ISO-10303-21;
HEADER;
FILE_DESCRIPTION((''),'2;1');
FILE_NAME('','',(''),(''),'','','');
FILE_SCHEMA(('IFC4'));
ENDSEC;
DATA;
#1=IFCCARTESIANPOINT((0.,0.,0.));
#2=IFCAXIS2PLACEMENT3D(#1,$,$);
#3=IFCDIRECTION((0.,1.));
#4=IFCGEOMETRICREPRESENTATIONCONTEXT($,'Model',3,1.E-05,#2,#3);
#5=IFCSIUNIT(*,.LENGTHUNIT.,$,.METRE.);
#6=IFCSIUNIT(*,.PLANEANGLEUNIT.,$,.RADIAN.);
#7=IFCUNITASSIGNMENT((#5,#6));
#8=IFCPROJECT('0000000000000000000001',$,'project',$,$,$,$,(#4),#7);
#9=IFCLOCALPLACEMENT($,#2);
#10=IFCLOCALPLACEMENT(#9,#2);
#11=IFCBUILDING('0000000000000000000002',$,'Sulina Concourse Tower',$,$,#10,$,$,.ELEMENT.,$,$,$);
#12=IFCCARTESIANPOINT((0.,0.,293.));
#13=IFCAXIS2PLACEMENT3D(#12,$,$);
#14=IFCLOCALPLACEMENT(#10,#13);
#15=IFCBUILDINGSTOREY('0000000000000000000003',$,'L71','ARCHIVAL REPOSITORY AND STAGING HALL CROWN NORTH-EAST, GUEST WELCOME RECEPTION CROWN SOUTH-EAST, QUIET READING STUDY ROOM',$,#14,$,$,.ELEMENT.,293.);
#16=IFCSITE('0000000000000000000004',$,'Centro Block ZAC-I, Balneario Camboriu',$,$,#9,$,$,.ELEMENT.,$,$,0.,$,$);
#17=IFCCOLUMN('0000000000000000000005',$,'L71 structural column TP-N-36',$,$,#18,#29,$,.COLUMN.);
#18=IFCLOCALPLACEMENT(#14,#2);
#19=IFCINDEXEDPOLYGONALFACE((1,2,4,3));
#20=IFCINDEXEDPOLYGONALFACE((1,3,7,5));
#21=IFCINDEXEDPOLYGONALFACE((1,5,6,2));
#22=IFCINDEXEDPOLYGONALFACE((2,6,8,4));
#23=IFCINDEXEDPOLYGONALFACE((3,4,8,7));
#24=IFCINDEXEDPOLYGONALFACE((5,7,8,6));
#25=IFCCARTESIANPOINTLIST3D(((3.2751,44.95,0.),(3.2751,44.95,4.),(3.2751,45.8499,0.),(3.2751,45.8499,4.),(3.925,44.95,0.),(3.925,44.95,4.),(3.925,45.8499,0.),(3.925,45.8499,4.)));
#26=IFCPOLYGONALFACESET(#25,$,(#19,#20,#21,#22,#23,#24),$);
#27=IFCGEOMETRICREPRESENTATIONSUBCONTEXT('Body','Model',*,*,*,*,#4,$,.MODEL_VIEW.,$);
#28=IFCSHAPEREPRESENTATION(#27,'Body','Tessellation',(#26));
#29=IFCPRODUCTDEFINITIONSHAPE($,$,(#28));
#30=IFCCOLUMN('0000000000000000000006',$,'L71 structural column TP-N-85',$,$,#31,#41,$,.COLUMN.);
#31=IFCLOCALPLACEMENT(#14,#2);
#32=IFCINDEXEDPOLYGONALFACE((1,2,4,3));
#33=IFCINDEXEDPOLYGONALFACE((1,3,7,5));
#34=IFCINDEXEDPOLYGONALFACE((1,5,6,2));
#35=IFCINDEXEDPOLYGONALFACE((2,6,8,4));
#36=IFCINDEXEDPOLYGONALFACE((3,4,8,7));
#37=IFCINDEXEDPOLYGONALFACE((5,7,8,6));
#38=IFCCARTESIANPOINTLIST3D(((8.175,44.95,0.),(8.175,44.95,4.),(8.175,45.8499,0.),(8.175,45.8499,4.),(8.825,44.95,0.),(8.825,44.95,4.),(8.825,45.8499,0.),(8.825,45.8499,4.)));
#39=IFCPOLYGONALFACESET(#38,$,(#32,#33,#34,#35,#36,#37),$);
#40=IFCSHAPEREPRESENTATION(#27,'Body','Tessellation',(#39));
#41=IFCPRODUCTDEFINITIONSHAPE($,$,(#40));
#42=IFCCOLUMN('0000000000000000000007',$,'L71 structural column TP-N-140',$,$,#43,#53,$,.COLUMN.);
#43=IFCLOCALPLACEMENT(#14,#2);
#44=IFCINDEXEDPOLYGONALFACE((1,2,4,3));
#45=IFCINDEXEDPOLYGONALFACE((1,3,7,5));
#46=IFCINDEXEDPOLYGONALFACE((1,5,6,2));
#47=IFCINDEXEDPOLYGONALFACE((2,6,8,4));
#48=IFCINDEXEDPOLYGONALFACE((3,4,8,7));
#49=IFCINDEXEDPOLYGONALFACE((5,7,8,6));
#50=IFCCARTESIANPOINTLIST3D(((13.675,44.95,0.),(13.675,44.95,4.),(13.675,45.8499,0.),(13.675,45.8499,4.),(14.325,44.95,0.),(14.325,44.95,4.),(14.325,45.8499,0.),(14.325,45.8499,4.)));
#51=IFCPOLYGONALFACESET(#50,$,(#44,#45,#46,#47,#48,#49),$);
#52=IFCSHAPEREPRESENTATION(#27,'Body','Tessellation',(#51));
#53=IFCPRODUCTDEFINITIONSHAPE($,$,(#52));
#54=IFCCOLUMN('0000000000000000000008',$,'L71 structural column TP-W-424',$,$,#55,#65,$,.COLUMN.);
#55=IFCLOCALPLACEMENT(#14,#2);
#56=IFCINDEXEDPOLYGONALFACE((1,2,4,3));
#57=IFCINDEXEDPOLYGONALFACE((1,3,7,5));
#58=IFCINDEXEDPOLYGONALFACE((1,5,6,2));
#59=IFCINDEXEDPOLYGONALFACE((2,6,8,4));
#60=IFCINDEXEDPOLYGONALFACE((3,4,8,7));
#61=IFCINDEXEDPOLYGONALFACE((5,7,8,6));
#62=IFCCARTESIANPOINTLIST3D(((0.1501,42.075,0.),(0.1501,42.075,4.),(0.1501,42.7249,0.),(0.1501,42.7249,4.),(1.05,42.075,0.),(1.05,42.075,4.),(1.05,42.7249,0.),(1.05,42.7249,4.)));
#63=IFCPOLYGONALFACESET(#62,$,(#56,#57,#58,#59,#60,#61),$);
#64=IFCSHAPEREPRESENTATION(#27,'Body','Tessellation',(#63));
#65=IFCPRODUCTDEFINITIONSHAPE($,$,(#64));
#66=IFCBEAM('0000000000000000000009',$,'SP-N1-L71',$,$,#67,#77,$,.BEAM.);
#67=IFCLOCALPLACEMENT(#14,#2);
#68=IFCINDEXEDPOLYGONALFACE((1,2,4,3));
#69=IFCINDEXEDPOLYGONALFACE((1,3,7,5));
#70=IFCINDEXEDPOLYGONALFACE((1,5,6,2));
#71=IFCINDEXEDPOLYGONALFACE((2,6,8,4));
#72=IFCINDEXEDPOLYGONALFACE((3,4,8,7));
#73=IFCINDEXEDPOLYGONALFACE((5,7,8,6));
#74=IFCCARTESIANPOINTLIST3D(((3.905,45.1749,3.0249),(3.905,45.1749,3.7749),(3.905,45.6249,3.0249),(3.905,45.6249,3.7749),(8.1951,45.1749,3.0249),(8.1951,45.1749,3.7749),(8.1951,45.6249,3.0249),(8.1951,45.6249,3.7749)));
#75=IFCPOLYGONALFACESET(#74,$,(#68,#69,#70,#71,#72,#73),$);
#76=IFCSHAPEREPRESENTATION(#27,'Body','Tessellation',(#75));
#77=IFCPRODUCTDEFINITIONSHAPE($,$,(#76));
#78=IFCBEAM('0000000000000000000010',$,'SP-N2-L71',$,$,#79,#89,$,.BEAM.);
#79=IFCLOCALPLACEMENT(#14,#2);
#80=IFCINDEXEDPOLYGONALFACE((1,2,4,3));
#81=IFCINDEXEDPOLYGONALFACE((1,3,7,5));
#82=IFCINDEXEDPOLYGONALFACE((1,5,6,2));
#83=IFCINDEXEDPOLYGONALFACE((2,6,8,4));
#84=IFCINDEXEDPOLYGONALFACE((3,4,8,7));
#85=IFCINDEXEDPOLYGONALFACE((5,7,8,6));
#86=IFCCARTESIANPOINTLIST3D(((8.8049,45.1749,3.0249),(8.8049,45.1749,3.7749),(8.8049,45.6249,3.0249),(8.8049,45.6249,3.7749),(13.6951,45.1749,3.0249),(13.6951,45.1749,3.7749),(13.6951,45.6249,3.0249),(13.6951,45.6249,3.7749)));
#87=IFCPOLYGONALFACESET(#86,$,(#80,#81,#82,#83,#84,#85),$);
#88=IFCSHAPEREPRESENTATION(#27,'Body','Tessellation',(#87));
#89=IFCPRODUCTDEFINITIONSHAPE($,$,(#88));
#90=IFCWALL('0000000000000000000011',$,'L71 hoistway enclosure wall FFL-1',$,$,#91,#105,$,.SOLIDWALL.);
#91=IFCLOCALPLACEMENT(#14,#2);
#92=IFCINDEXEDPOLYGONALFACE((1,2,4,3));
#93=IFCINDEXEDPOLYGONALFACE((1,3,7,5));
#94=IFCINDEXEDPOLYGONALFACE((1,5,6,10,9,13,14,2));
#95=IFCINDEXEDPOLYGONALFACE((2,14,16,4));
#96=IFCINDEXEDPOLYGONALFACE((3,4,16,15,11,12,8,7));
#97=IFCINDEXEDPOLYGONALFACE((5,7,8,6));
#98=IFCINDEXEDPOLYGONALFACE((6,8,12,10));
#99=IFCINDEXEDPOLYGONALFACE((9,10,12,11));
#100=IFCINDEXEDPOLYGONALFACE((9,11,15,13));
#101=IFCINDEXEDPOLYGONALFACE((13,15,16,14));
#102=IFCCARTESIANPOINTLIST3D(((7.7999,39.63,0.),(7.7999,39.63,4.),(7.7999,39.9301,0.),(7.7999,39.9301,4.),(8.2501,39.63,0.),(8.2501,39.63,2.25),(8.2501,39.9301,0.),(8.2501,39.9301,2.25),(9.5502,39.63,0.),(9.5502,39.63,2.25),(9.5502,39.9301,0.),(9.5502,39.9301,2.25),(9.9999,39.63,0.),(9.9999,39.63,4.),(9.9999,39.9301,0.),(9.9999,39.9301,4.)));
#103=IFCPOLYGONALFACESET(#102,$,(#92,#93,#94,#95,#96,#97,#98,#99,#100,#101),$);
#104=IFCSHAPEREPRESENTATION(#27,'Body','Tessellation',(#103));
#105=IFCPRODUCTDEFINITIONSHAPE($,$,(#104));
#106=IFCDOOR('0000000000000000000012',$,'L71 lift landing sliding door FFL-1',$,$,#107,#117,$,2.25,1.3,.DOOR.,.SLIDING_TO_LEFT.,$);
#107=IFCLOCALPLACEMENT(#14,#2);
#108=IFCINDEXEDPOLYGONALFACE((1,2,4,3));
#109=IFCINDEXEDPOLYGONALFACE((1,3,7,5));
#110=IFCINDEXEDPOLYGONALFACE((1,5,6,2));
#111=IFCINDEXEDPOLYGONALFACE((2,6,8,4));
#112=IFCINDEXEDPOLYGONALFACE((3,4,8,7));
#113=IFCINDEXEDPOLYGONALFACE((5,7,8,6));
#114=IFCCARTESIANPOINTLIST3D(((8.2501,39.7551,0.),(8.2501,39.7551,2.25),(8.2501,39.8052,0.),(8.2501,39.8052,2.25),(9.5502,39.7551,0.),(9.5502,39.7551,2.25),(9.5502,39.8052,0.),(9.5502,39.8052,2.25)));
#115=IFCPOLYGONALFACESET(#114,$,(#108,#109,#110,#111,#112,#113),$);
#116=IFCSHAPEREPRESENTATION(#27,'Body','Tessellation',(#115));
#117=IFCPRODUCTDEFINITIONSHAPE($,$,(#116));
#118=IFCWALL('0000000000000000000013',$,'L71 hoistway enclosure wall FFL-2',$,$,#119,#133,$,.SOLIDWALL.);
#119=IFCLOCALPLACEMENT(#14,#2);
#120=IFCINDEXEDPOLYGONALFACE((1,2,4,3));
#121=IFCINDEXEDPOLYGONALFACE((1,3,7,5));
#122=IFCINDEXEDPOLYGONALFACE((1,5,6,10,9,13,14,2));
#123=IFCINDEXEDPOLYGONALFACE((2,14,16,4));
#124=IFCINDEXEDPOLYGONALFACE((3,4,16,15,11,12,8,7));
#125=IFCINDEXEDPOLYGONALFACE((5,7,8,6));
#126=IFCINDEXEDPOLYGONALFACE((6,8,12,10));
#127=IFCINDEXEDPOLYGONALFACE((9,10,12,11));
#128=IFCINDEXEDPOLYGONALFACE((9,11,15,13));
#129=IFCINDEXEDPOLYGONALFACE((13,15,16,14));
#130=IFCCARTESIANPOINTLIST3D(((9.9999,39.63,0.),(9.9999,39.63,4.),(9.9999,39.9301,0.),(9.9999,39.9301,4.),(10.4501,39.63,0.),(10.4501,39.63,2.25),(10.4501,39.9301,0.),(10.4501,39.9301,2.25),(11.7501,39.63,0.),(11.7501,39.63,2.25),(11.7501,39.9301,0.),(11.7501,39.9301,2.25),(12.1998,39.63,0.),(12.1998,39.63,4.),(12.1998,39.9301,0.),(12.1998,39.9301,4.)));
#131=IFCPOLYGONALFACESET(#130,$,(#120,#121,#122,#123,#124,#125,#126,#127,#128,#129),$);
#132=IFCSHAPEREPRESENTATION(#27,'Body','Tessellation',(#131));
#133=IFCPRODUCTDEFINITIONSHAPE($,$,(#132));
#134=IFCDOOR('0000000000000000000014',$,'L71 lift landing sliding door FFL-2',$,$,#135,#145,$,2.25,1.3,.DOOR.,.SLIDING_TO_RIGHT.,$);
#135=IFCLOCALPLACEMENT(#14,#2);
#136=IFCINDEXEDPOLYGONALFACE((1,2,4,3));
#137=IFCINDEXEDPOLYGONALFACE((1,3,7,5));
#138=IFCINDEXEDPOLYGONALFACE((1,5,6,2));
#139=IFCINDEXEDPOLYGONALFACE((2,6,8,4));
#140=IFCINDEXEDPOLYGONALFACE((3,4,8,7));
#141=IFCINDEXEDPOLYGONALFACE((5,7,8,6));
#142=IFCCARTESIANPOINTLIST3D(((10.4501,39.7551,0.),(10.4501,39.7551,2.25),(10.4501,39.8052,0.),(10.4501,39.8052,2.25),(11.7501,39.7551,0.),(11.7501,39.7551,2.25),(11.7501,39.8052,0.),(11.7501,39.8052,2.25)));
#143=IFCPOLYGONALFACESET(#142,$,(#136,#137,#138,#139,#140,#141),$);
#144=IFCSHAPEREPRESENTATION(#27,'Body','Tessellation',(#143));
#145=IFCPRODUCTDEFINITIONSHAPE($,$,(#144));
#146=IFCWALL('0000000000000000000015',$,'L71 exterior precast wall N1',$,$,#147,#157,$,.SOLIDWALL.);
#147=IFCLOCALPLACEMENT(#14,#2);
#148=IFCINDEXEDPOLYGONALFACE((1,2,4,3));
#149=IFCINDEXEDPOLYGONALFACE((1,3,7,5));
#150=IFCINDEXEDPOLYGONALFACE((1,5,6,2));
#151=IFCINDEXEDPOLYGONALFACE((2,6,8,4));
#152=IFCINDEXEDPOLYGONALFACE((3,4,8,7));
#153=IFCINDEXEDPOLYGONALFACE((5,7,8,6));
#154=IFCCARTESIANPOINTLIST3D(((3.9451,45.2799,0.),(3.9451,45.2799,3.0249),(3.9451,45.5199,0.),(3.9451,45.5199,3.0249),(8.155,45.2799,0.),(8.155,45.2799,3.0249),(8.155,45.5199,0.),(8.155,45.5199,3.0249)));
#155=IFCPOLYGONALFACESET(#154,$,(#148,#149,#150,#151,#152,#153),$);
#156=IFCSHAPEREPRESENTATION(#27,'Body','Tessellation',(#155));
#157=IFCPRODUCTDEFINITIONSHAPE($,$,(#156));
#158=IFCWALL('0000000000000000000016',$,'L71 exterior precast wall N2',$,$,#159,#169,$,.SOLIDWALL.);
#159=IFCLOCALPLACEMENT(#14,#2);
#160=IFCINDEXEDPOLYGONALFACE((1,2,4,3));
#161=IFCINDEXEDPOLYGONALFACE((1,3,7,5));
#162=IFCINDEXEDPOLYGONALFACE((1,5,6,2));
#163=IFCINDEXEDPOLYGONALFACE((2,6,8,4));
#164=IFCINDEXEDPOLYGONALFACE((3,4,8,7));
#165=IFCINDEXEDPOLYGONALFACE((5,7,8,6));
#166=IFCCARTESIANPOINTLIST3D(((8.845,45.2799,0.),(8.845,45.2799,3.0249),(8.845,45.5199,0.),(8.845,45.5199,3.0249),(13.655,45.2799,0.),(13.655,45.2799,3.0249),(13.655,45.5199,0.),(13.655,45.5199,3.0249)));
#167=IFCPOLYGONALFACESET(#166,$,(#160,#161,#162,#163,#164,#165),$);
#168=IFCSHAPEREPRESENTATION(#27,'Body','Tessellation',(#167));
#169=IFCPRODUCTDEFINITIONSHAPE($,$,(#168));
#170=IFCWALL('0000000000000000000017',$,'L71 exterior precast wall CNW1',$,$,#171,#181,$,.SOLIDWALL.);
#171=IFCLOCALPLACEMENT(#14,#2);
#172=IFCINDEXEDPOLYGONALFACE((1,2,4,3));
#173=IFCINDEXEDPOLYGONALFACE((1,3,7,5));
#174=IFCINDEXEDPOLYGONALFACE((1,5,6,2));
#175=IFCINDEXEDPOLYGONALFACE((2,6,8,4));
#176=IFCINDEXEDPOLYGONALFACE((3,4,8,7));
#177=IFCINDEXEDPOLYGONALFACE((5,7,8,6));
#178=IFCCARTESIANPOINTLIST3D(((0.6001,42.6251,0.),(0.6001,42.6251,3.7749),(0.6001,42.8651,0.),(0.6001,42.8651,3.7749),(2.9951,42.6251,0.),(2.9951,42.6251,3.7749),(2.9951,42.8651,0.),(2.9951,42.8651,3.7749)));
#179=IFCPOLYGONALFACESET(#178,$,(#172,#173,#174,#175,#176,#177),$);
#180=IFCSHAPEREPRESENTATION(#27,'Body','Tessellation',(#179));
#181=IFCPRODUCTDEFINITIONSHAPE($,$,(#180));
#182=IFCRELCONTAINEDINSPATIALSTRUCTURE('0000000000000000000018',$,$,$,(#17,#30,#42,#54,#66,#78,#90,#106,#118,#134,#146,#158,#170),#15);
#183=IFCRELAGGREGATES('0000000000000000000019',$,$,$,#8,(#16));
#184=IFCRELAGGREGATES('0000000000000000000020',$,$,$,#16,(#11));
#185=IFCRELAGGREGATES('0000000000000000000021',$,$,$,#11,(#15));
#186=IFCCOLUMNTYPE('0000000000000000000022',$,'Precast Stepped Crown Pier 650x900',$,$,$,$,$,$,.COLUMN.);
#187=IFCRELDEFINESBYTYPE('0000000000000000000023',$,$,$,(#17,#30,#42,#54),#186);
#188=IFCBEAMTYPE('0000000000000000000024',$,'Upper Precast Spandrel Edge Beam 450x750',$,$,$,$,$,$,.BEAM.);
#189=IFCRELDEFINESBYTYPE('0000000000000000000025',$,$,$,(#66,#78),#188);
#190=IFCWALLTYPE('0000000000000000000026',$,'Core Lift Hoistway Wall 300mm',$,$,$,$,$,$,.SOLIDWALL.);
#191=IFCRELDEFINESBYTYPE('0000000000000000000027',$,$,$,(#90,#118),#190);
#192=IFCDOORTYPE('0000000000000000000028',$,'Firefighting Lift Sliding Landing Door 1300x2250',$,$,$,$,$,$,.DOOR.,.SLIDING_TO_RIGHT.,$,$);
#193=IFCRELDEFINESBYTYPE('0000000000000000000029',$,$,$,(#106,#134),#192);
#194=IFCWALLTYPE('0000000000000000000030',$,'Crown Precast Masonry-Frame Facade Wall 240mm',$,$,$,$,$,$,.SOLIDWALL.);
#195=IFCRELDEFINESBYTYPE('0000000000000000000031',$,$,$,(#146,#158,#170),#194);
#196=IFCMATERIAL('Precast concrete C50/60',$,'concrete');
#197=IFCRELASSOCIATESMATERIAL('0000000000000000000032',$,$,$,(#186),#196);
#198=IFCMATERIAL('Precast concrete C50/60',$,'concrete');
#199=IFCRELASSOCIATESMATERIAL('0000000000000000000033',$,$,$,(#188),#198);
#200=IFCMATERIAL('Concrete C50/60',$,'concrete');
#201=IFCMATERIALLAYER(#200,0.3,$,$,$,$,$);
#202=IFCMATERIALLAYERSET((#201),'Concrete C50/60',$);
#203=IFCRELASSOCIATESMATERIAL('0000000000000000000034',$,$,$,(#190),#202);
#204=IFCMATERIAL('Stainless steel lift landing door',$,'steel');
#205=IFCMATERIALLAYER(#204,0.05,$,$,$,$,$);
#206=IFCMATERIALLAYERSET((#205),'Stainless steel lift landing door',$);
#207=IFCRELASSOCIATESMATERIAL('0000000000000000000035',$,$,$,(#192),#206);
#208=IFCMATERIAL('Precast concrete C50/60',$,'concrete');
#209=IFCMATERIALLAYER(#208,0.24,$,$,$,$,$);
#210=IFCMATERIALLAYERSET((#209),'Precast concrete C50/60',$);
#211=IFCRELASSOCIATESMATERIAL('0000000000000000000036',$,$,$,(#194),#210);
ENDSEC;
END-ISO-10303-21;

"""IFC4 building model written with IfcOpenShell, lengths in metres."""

from ifc_helpers import new_model, si_unit, direction, frame, frame_2d, origin, origin_2d, place, context, subcontext, project, spatial, rectangle, extrude, material, layer, layer_set, material_profile, profile_set, type_object, element, fill, save


model = new_model("IFC4")

# Units and contexts
model_context = context("Model", 3, precision=1e-05, world=origin(), true_north=direction((0.0, 1.0)))
body_context = subcontext(model_context, "Body", "Model", "MODEL_VIEW")
ifc_project = project(units=[si_unit("LENGTHUNIT", "METRE"), si_unit("PLANEANGLEUNIT", "RADIAN")], contexts=[model_context])

# Site, building, storey
site_placement = place(None, origin())
site = spatial("IfcSite", under=ifc_project, at=site_placement, Name="Centro Block ZAC-I, Balneario Camboriu", CompositionType="ELEMENT", RefElevation=0.0)
building_placement = place(site_placement, origin())
building = spatial("IfcBuilding", under=site, at=building_placement, Name="Sulina Concourse Tower", CompositionType="ELEMENT")
storey_placement = place(building_placement, frame((0.0, 0.0, 293.0)))
storey = spatial("IfcBuildingStorey", under=building, at=storey_placement, Name="L71", Description="ARCHIVAL REPOSITORY AND STAGING HALL CROWN NORTH-EAST, GUEST WELCOME RECEPTION CROWN SOUTH-EAST, QUIET READING STUDY ROOM", CompositionType="ELEMENT", Elevation=293.0)

# Columns
ifc_material_1 = material(Name="Precast concrete C50/60", Category="concrete")
ifc_material_profile_1 = material_profile(ifc_material_1, rectangle(XDim=0.6499, YDim=0.8999, at=origin_2d()), Name="PC 650x900")
ifc_profile_set_1 = profile_set([ifc_material_profile_1], Name="Precast concrete C50/60")
column_type = type_object("IfcColumnType", Name="Precast Stepped Crown Pier 650x900", PredefinedType="COLUMN", material=ifc_profile_set_1)
for number, where, z_axis, x_axis, name in (
    (1, (3.6001, 45.3999, 0.0), (0.0, 0.0, 1.0), (1.0, 0.0, 0.0), "L71 structural column TP-N-36"),
    (2, (8.5, 45.3999, 0.0), (0.0, 0.0, 1.0), (1.0, 0.0, 0.0), "L71 structural column TP-N-85"),
    (3, (14.0, 45.3999, 0.0), (0.0, 0.0, 1.0), (1.0, 0.0, 0.0), "L71 structural column TP-N-140"),
    (4, (0.6001, 42.3999, 0.0), (0.0, 0.0, 1.0), (0.0, 1.0, 0.0), "L71 structural column TP-W-424"),
):
    element("IfcColumn", number, at=place(storey_placement, frame(where, z_axis=z_axis, x_axis=x_axis)), inside=storey, type_object=column_type, Name=name, PredefinedType="COLUMN", context=body_context, shape_type="SweptSolid", body=[
        extrude(rectangle(XDim=0.6499, YDim=0.8999, at=origin_2d()), origin(), (0.0, 0.0, 1.0), 4.0),
    ])

# Beams
ifc_material_2 = material(Name="Precast concrete C50/60", Category="concrete")
ifc_material_profile_2 = material_profile(ifc_material_2, rectangle(XDim=0.45, YDim=0.75, at=origin_2d()), Name="RC 450x750")
ifc_profile_set_2 = profile_set([ifc_material_profile_2], Name="Precast concrete C50/60")
beam_type = type_object("IfcBeamType", Name="Upper Precast Spandrel Edge Beam 450x750", PredefinedType="BEAM", material=ifc_profile_set_2)
beam_1_placement = place(storey_placement, frame((3.905, 45.3999, 3.3999), z_axis=(1.0, 0.0, 0.0), x_axis=(0.0, 1.0, 0.0)))
element("IfcBeam", 5, at=beam_1_placement, inside=storey, type_object=beam_type, Name="SP-N1-L71", PredefinedType="BEAM", context=body_context, shape_type="SweptSolid", body=[
    extrude(rectangle(XDim=0.45, YDim=0.75, at=origin_2d()), origin(), (0.0, 0.0, 1.0), 4.29),
])
beam_2_placement = place(storey_placement, frame((8.8049, 45.3999, 3.3999), z_axis=(1.0, 0.0, 0.0), x_axis=(0.0, 1.0, 0.0)))
element("IfcBeam", 6, at=beam_2_placement, inside=storey, type_object=beam_type, Name="SP-N2-L71", PredefinedType="BEAM", context=body_context, shape_type="SweptSolid", body=[
    extrude(rectangle(XDim=0.45, YDim=0.75, at=origin_2d()), origin(), (0.0, 0.0, 1.0), 4.8901),
])

# Walls, openings, doors
ifc_material_3 = material(Name="Concrete C50/60", Category="concrete")
ifc_layer_1 = layer(ifc_material_3, 0.3)
ifc_layer_set_1 = layer_set([ifc_layer_1], Name="Concrete C50/60")
wall_type_1 = type_object("IfcWallType", Name="Core Lift Hoistway Wall 300mm", PredefinedType="SOLIDWALL", material=ifc_layer_set_1)
wall_1_placement = place(storey_placement, frame((10.0, 39.78, 0.0), z_axis=(0.0, 0.0, 1.0), x_axis=(-1.0, 0.0, 0.0)))
wall_1 = element("IfcWall", 7, at=wall_1_placement, inside=storey, type_object=wall_type_1, Name="L71 hoistway enclosure wall FFL-1", PredefinedType="SOLIDWALL", context=body_context, shape_type="SweptSolid", body=[
    extrude(rectangle(XDim=2.2, YDim=0.3, at=frame_2d((1.1001, 0.0))), origin(), (0.0, 0.0, 1.0), 4.0),
])
opening_1_placement = place(wall_1_placement, frame((0.45, 0.0, 0.0)))
opening_1 = element("IfcOpeningElement", 8, at=opening_1_placement, cuts=wall_1, PredefinedType="OPENING", context=body_context, shape_type="SweptSolid", body=[
    extrude(rectangle(XDim=1.3, YDim=2.25, at=frame_2d((0.6499, 1.125))), frame((0.0, 0.1599, 0.0), z_axis=(0.0, -1.0, 0.0), x_axis=(1.0, 0.0, 0.0)), (0.0, 0.0, 1.0), 0.3201),
])
ifc_material_4 = material(Name="Stainless steel lift landing door", Category="steel")
ifc_layer_2 = layer(ifc_material_4, 0.05)
ifc_layer_set_2 = layer_set([ifc_layer_2], Name="Stainless steel lift landing door")
door_type_1 = type_object("IfcDoorType", Name="Firefighting Lift Sliding Landing Door 1300x2250", OperationType="SLIDING_TO_RIGHT", PredefinedType="DOOR", material=ifc_layer_set_2)
door_1_placement = place(opening_1_placement, origin())
door_1 = element("IfcDoor", 9, at=door_1_placement, inside=storey, type_object=door_type_1, Name="L71 lift landing sliding door FFL-1", OperationType="SLIDING_TO_LEFT", OverallHeight=2.25, OverallWidth=1.3, PredefinedType="DOOR", context=body_context, shape_type="SweptSolid", body=[
    extrude(rectangle(XDim=1.3, YDim=2.25, at=frame_2d((0.6499, 1.125))), frame((0.0, 0.0249, 0.0), z_axis=(0.0, -1.0, 0.0), x_axis=(1.0, 0.0, 0.0)), (0.0, 0.0, 1.0), 0.05),
])
fill(opening_1, door_1)
wall_2_placement = place(storey_placement, frame((12.2, 39.78, 0.0), z_axis=(0.0, 0.0, 1.0), x_axis=(-1.0, 0.0, 0.0)))
wall_2 = element("IfcWall", 10, at=wall_2_placement, inside=storey, type_object=wall_type_1, Name="L71 hoistway enclosure wall FFL-2", PredefinedType="SOLIDWALL", context=body_context, shape_type="SweptSolid", body=[
    extrude(rectangle(XDim=2.2, YDim=0.3, at=frame_2d((1.1001, 0.0))), origin(), (0.0, 0.0, 1.0), 4.0),
])
opening_2_placement = place(wall_2_placement, frame((0.45, 0.0, 0.0)))
opening_2 = element("IfcOpeningElement", 11, at=opening_2_placement, cuts=wall_2, PredefinedType="OPENING", context=body_context, shape_type="SweptSolid", body=[
    extrude(rectangle(XDim=1.3, YDim=2.25, at=frame_2d((0.6499, 1.125))), frame((0.0, 0.1599, 0.0), z_axis=(0.0, -1.0, 0.0), x_axis=(1.0, 0.0, 0.0)), (0.0, 0.0, 1.0), 0.3201),
])
door_2_placement = place(opening_2_placement, origin())
door_2 = element("IfcDoor", 12, at=door_2_placement, inside=storey, type_object=door_type_1, Name="L71 lift landing sliding door FFL-2", OperationType="SLIDING_TO_RIGHT", OverallHeight=2.25, OverallWidth=1.3, PredefinedType="DOOR", context=body_context, shape_type="SweptSolid", body=[
    extrude(rectangle(XDim=1.3, YDim=2.25, at=frame_2d((0.6499, 1.125))), frame((0.0, 0.0249, 0.0), z_axis=(0.0, -1.0, 0.0), x_axis=(1.0, 0.0, 0.0)), (0.0, 0.0, 1.0), 0.05),
])
fill(opening_2, door_2)

# Walls
ifc_material_5 = material(Name="Precast concrete C50/60", Category="concrete")
ifc_layer_3 = layer(ifc_material_5, 0.24)
ifc_layer_set_3 = layer_set([ifc_layer_3], Name="Precast concrete C50/60")
wall_type_2 = type_object("IfcWallType", Name="Crown Precast Masonry-Frame Facade Wall 240mm", PredefinedType="SOLIDWALL", material=ifc_layer_set_3)
wall_3_placement = place(storey_placement, frame((3.9451, 45.3999, 0.0), z_axis=(0.0, 0.0, 1.0), x_axis=(1.0, 0.0, 0.0)))
element("IfcWall", 13, at=wall_3_placement, inside=storey, type_object=wall_type_2, Name="L71 exterior precast wall N1", PredefinedType="SOLIDWALL", context=body_context, shape_type="SweptSolid", body=[
    extrude(rectangle(XDim=4.21, YDim=0.24, at=frame_2d((2.105, 0.0))), origin(), (0.0, 0.0, 1.0), 3.0249),
])
wall_4_placement = place(storey_placement, frame((8.845, 45.3999, 0.0), z_axis=(0.0, 0.0, 1.0), x_axis=(1.0, 0.0, 0.0)))
element("IfcWall", 14, at=wall_4_placement, inside=storey, type_object=wall_type_2, Name="L71 exterior precast wall N2", PredefinedType="SOLIDWALL", context=body_context, shape_type="SweptSolid", body=[
    extrude(rectangle(XDim=4.8101, YDim=0.24, at=frame_2d((2.405, 0.0))), origin(), (0.0, 0.0, 1.0), 3.0249),
])
wall_5_placement = place(storey_placement, frame((0.6001, 42.7451, 0.0), z_axis=(0.0, 0.0, 1.0), x_axis=(1.0, 0.0, 0.0)))
element("IfcWall", 15, at=wall_5_placement, inside=storey, type_object=wall_type_2, Name="L71 exterior precast wall CNW1", PredefinedType="SOLIDWALL", context=body_context, shape_type="SweptSolid", body=[
    extrude(rectangle(XDim=2.395, YDim=0.24, at=frame_2d((1.1975, 0.0))), origin(), (0.0, 0.0, 1.0), 3.7749),
])

save(model, "model.ifc")
